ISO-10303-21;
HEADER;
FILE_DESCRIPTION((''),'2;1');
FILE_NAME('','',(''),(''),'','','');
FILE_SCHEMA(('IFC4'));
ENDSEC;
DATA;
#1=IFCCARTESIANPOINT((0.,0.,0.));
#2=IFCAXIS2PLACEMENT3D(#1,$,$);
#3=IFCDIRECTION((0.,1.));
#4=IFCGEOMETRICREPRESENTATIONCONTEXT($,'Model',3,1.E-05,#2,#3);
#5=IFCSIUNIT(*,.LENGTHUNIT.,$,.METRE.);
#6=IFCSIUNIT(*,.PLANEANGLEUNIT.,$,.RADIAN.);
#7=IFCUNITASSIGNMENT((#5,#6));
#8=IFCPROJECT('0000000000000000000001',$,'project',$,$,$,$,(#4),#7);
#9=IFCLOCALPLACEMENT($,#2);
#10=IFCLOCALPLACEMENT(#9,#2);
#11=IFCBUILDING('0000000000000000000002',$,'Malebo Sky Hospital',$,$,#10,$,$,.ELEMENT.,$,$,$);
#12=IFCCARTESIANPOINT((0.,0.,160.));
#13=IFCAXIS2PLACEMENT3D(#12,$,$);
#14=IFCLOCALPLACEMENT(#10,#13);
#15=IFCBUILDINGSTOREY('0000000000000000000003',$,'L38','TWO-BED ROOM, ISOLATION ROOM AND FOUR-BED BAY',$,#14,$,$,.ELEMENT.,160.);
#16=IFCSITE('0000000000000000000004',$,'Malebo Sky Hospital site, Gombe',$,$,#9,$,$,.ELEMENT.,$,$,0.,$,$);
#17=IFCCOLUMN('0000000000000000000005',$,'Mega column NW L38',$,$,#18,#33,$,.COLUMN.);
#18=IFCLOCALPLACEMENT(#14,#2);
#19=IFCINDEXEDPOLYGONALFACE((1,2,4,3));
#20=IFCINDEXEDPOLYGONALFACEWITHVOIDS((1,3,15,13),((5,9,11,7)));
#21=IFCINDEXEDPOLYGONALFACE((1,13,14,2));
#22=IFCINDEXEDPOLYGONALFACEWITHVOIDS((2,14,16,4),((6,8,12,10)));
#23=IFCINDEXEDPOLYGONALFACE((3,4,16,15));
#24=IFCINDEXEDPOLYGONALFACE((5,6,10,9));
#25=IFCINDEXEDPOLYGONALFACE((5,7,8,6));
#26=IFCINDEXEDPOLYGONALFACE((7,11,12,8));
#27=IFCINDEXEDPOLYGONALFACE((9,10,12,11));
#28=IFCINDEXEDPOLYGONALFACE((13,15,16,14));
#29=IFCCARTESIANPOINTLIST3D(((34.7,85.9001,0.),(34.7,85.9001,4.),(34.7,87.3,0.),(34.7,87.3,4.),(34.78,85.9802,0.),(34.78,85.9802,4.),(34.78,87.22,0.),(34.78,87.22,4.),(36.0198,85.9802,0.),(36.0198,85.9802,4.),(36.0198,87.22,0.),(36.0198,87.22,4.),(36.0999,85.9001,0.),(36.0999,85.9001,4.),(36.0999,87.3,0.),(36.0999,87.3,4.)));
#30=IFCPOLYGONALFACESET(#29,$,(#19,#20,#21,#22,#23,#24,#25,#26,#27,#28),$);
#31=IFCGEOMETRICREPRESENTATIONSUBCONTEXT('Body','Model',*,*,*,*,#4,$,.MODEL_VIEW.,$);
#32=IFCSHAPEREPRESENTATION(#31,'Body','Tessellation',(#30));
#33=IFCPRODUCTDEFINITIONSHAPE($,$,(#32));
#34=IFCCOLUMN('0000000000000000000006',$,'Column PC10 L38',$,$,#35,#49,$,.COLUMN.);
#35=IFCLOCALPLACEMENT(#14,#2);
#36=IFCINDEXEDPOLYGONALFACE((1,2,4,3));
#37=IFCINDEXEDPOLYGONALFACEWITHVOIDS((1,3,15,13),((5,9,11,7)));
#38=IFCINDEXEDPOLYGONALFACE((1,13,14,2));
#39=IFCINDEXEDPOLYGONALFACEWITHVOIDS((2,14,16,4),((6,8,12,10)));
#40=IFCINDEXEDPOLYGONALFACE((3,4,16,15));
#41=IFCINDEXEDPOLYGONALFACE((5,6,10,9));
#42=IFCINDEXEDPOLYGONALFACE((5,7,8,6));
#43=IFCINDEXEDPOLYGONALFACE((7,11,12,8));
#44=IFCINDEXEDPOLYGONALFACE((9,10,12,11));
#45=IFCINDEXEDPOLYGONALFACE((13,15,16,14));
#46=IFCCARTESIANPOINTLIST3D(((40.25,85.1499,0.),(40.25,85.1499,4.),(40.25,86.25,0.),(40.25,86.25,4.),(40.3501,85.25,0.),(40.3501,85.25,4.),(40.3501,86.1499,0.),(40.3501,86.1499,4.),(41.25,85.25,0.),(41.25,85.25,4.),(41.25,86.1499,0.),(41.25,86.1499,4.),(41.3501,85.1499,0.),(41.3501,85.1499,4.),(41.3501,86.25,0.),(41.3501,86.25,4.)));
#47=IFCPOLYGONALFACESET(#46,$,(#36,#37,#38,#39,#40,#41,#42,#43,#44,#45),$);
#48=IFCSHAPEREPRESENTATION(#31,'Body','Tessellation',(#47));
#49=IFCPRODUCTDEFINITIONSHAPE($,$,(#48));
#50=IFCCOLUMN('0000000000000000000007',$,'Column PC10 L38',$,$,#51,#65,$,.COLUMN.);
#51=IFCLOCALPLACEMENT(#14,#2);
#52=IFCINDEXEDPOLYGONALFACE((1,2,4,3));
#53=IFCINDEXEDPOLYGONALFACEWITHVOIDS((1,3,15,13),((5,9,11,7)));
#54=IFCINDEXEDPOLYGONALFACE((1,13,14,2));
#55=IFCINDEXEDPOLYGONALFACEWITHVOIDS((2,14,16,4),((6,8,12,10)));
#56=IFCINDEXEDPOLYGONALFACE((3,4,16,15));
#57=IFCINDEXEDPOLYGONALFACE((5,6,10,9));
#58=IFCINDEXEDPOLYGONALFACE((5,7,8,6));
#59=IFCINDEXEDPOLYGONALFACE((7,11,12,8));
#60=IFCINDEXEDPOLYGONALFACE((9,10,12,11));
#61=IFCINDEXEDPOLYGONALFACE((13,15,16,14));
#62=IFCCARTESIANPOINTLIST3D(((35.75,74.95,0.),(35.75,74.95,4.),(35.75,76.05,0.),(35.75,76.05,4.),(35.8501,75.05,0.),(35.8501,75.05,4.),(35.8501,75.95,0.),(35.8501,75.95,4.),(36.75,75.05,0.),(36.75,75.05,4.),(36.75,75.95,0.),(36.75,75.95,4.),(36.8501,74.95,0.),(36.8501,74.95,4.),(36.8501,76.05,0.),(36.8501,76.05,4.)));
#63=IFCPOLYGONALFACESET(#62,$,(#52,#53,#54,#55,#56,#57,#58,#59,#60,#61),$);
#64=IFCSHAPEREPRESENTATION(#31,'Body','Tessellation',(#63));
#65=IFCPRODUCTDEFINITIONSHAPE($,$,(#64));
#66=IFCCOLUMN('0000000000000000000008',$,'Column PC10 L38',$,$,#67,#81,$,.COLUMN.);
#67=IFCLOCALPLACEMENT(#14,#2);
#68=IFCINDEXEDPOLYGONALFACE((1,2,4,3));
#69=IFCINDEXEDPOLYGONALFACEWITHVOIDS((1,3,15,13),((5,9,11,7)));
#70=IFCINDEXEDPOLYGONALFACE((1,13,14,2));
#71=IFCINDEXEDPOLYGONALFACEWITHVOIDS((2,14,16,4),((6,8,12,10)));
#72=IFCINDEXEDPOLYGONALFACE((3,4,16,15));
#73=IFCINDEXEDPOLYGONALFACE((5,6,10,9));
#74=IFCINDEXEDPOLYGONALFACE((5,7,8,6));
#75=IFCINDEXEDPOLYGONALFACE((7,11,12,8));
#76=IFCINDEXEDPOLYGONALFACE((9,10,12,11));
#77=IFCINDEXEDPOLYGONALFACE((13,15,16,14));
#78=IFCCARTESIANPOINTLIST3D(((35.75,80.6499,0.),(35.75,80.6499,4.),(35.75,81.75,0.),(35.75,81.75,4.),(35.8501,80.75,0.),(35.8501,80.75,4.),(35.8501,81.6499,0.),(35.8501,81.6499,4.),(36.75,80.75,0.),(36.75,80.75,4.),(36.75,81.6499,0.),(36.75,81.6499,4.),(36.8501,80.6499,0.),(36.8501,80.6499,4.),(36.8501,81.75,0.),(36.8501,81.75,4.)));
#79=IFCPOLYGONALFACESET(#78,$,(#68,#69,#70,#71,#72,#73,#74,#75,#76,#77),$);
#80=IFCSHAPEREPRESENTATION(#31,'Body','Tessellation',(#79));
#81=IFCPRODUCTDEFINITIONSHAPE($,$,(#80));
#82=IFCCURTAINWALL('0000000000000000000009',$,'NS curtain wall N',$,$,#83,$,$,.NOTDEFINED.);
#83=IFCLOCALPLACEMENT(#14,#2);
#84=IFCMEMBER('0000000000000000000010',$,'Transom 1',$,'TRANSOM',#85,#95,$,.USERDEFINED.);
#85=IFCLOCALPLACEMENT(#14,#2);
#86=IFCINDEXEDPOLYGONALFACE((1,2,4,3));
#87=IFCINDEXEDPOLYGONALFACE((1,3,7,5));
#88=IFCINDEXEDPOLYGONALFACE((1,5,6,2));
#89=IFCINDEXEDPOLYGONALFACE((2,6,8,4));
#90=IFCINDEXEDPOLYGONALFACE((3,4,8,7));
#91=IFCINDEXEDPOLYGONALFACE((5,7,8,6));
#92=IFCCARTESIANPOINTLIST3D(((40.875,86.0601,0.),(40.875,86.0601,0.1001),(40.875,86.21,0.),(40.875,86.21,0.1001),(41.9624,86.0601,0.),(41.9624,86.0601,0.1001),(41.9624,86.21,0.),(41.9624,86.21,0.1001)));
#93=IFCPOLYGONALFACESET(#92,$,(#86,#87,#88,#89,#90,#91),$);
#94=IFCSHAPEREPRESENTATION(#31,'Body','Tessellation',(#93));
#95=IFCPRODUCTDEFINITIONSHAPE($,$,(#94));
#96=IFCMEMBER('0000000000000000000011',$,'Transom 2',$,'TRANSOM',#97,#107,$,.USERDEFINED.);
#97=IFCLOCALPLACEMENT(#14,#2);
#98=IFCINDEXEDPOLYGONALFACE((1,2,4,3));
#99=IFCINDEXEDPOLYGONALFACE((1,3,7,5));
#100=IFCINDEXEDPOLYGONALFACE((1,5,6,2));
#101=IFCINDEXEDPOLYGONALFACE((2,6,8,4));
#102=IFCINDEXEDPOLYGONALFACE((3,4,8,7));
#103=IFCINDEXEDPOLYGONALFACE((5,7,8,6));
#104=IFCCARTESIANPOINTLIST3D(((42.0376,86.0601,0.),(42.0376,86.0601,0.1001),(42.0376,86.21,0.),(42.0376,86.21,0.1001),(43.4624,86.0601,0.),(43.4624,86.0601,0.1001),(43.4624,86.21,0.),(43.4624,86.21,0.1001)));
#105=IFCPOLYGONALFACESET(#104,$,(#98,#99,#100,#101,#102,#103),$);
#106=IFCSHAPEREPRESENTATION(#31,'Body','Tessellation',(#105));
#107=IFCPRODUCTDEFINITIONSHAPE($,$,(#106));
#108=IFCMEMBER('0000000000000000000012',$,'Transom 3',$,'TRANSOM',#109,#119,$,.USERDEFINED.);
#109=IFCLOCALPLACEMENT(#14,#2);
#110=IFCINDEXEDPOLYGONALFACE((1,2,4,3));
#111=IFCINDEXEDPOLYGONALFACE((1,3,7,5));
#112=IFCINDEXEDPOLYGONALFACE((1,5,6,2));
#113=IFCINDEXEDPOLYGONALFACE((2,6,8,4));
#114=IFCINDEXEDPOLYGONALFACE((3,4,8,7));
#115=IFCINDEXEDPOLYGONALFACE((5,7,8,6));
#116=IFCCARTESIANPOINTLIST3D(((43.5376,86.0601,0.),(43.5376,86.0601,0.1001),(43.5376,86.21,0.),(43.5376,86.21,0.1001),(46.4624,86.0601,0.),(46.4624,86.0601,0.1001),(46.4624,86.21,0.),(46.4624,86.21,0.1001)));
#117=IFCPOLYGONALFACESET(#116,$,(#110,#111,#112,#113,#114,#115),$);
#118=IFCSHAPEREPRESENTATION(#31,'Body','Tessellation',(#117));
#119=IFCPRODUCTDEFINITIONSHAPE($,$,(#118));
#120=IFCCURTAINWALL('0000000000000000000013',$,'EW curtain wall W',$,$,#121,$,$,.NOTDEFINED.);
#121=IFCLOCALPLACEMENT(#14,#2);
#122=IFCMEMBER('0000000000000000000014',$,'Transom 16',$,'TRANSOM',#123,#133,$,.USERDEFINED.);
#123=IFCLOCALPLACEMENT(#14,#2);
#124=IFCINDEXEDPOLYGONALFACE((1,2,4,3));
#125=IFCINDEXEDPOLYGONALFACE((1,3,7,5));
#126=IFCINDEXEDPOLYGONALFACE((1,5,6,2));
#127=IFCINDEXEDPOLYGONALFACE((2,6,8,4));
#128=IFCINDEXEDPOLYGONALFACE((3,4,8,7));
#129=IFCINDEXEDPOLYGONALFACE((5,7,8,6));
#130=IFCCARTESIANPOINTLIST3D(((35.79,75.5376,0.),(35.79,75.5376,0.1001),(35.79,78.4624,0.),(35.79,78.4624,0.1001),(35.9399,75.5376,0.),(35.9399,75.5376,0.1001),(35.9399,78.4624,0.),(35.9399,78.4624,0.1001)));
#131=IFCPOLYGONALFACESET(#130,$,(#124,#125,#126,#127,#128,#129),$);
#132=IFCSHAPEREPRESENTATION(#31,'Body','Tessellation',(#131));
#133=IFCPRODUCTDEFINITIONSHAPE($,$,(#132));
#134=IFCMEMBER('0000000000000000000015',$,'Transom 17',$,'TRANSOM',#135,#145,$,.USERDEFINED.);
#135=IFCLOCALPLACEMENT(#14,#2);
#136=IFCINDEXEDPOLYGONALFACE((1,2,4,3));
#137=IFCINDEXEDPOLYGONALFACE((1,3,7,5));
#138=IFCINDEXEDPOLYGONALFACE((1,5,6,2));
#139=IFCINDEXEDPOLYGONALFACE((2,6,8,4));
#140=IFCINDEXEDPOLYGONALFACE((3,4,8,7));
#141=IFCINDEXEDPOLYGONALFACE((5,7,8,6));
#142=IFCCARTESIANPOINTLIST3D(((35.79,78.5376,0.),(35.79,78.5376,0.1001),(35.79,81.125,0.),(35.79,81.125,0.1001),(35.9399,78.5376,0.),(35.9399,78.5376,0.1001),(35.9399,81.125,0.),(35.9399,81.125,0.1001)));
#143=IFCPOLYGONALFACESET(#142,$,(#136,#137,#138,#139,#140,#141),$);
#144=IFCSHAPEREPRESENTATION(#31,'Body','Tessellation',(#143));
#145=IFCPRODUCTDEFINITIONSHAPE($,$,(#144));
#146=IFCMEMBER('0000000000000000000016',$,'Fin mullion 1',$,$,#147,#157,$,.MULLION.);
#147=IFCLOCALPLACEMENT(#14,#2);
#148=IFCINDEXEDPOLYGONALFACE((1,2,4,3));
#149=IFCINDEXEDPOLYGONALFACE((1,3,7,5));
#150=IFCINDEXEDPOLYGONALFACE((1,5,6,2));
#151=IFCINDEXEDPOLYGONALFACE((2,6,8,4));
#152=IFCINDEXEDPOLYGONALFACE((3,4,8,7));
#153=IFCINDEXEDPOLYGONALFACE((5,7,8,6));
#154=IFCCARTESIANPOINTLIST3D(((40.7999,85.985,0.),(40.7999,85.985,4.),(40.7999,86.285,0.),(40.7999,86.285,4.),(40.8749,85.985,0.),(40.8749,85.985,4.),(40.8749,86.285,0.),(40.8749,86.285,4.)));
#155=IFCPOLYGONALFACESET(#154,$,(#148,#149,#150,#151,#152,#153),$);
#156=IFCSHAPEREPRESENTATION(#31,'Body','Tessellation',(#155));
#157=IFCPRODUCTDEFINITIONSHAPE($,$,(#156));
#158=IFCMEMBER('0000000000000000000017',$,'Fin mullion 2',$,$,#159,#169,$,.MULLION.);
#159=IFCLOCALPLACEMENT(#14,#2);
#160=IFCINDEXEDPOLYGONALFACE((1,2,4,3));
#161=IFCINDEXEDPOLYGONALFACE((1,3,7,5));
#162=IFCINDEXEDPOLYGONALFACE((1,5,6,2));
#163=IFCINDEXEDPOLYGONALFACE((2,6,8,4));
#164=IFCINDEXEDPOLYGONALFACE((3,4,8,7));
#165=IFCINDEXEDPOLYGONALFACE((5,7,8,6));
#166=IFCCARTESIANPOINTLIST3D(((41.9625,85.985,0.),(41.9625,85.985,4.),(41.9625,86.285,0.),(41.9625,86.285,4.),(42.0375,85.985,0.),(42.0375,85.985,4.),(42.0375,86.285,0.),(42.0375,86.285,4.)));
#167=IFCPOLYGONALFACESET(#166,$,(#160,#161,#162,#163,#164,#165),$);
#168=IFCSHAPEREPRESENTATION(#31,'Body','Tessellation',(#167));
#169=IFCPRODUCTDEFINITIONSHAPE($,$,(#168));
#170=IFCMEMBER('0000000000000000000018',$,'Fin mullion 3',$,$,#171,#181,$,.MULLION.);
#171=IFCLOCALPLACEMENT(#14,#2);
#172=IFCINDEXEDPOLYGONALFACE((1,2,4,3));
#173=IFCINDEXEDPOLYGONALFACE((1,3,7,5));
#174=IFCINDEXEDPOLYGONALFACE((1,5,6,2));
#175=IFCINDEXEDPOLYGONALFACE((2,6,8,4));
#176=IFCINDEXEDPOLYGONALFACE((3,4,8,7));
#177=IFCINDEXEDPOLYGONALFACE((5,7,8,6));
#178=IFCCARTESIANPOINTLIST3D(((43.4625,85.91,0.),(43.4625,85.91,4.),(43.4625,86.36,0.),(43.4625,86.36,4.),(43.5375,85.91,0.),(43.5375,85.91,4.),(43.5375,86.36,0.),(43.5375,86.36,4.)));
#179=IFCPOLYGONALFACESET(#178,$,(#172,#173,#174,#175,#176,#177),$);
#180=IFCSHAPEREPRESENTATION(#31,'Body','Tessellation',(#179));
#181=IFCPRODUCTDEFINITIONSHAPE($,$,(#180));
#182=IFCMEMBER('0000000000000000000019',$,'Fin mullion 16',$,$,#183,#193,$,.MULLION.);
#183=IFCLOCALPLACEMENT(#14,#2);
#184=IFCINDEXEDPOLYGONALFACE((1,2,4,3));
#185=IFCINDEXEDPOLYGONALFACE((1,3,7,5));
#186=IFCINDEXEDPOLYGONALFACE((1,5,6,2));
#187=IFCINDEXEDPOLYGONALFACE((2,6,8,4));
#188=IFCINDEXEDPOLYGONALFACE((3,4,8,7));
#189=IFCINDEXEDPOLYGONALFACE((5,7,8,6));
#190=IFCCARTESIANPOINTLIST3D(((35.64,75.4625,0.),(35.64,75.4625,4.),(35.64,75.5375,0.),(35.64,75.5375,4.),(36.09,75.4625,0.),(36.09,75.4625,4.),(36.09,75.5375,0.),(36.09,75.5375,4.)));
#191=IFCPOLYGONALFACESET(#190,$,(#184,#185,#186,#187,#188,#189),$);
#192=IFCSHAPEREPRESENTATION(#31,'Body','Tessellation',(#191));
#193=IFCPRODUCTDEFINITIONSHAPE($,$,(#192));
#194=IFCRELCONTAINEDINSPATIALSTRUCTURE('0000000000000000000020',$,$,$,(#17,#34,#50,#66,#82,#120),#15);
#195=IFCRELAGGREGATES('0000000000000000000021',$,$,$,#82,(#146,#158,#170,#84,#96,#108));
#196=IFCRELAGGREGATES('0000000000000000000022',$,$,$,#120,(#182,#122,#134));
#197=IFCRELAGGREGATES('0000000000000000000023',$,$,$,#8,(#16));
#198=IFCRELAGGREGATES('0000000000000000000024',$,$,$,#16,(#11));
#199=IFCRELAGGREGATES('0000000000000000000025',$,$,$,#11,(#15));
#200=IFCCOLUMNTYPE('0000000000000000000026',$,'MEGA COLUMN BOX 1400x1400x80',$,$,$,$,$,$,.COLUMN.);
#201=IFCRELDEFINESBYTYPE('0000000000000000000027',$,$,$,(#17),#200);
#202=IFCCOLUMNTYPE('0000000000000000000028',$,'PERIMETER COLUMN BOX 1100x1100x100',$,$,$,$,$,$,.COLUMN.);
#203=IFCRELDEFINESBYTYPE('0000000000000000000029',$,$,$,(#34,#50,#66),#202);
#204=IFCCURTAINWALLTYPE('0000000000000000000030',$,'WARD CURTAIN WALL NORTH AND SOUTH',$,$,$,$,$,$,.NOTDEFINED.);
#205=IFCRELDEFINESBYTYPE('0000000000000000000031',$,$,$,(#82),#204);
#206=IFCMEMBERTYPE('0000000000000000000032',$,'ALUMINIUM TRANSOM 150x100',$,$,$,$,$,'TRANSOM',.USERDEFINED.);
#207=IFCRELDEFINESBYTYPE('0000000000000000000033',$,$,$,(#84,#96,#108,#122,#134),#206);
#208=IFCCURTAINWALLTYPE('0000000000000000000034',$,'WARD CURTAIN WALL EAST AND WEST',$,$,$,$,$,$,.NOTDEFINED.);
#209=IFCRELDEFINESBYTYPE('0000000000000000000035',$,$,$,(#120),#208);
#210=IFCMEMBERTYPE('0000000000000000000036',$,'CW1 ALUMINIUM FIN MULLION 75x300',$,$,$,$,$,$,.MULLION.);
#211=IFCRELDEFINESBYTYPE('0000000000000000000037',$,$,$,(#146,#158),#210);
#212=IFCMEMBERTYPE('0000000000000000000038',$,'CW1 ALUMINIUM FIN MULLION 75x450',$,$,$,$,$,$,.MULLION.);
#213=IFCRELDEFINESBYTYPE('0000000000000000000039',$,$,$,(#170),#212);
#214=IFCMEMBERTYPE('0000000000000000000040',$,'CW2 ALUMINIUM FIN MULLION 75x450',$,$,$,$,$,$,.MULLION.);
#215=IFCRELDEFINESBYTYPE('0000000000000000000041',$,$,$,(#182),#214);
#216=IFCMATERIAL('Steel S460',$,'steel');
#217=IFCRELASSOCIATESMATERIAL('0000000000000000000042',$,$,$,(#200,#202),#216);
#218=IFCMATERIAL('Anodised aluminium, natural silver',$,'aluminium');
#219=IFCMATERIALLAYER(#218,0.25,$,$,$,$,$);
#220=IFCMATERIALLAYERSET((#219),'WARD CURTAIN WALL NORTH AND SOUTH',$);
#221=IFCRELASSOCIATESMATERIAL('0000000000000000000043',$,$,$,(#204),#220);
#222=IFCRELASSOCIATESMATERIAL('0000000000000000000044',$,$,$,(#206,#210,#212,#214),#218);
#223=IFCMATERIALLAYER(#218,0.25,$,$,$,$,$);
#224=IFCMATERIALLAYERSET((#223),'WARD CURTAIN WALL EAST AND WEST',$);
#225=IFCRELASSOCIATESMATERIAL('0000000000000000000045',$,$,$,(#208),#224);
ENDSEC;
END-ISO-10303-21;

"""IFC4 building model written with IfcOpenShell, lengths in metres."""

from ifc_helpers import new_model, si_unit, direction, frame, origin, origin_2d, place, context, subcontext, project, spatial, rectangle, hollow_rectangle, extrude, material, layer, layer_set, material_profile, profile_set, type_object, element, aggregate, save


model = new_model("IFC4")

# Units and contexts
model_context = context("Model", 3, precision=1e-05, world=origin(), true_north=direction((0.0, 1.0)))
body_context = subcontext(model_context, "Body", "Model", "MODEL_VIEW")
ifc_project = project(units=[si_unit("LENGTHUNIT", "METRE"), si_unit("PLANEANGLEUNIT", "RADIAN")], contexts=[model_context])

# Site, building, storey
site_placement = place(None, origin())
site = spatial("IfcSite", under=ifc_project, at=site_placement, Name="Malebo Sky Hospital site, Gombe", CompositionType="ELEMENT", RefElevation=0.0)
building_placement = place(site_placement, origin())
building = spatial("IfcBuilding", under=site, at=building_placement, Name="Malebo Sky Hospital", CompositionType="ELEMENT")
storey_placement = place(building_placement, frame((0.0, 0.0, 160.0)))
storey = spatial("IfcBuildingStorey", under=building, at=storey_placement, Name="L38", Description="TWO-BED ROOM, ISOLATION ROOM AND FOUR-BED BAY", CompositionType="ELEMENT", Elevation=160.0)

# Columns
ifc_material_1 = material(Name="Steel S460", Category="steel")
ifc_material_profile_1 = material_profile(ifc_material_1, hollow_rectangle(XDim=1.3999, YDim=1.3999, WallThickness=0.0801, at=origin_2d()), Name="BOX 1400x1400x80")
ifc_profile_set_1 = profile_set([ifc_material_profile_1], Name="Steel S460")
column_type_1 = type_object("IfcColumnType", Name="MEGA COLUMN BOX 1400x1400x80", PredefinedType="COLUMN", material=ifc_profile_set_1)
column_placement = place(storey_placement, frame((35.3999, 86.6001, 0.0), z_axis=(0.0, 0.0, 1.0), x_axis=(1.0, 0.0, 0.0)))
element("IfcColumn", 1, at=column_placement, inside=storey, type_object=column_type_1, Name="Mega column NW L38", PredefinedType="COLUMN", context=body_context, shape_type="SweptSolid", body=[
    extrude(hollow_rectangle(XDim=1.3999, YDim=1.3999, WallThickness=0.0801, at=origin_2d()), origin(), (0.0, 0.0, 1.0), 4.0),
])
ifc_material_profile_2 = material_profile(ifc_material_1, hollow_rectangle(XDim=1.1001, YDim=1.1001, WallThickness=0.1001, at=origin_2d()), Name="BOX 1100x1100x100")
ifc_profile_set_2 = profile_set([ifc_material_profile_2], Name="Steel S460")
column_type_2 = type_object("IfcColumnType", Name="PERIMETER COLUMN BOX 1100x1100x100", PredefinedType="COLUMN", material=ifc_profile_set_2)
for number, where, z_axis, x_axis, name in (
    (2, (40.8, 85.7, 0.0), (0.0, 0.0, 1.0), (1.0, 0.0, 0.0), "Column PC10 L38"),
    (3, (36.3, 75.5, 0.0), (0.0, 0.0, 1.0), (1.0, 0.0, 0.0), "Column PC10 L38"),
    (4, (36.3, 81.2, 0.0), (0.0, 0.0, 1.0), (1.0, 0.0, 0.0), "Column PC10 L38"),
):
    element("IfcColumn", number, at=place(storey_placement, frame(where, z_axis=z_axis, x_axis=x_axis)), inside=storey, type_object=column_type_2, Name=name, PredefinedType="COLUMN", context=body_context, shape_type="SweptSolid", body=[
        extrude(hollow_rectangle(XDim=1.1001, YDim=1.1001, WallThickness=0.1001, at=origin_2d()), origin(), (0.0, 0.0, 1.0), 4.0),
    ])

# Curtain walls, members
ifc_material_2 = material(Name="Anodised aluminium, natural silver", Category="aluminium")
ifc_layer_1 = layer(ifc_material_2, 0.25)
ifc_layer_set_1 = layer_set([ifc_layer_1], Name="WARD CURTAIN WALL NORTH AND SOUTH")
curtain_wall_type_1 = type_object("IfcCurtainWallType", Name="WARD CURTAIN WALL NORTH AND SOUTH", PredefinedType="NOTDEFINED", material=ifc_layer_set_1)
curtain_wall_1_placement = place(storey_placement, origin())
curtain_wall_1 = element("IfcCurtainWall", 5, at=curtain_wall_1_placement, inside=storey, type_object=curtain_wall_type_1, Name="NS curtain wall N", PredefinedType="NOTDEFINED")
ifc_material_profile_3 = material_profile(ifc_material_2, rectangle(XDim=0.1499, YDim=0.1001, at=origin_2d()), Name="ALUMINIUM TRANSOM 150x100")
ifc_profile_set_3 = profile_set([ifc_material_profile_3], Name="Anodised aluminium, natural silver")
member_type_1 = type_object("IfcMemberType", Name="ALUMINIUM TRANSOM 150x100", ElementType="TRANSOM", PredefinedType="USERDEFINED", material=ifc_profile_set_3)
member_1_placement = place(storey_placement, frame((40.875, 86.135, 0.05), z_axis=(1.0, 0.0, 0.0), x_axis=(0.0, 1.0, 0.0)))
member_1 = element("IfcMember", 6, at=member_1_placement, type_object=member_type_1, Name="Transom 1", ObjectType="TRANSOM", PredefinedType="USERDEFINED", context=body_context, shape_type="SweptSolid", body=[
    extrude(rectangle(XDim=0.1499, YDim=0.1001, at=origin_2d()), origin(), (0.0, 0.0, 1.0), 1.0874),
])
member_2_placement = place(storey_placement, frame((42.0376, 86.135, 0.05), z_axis=(1.0, 0.0, 0.0), x_axis=(0.0, 1.0, 0.0)))
member_2 = element("IfcMember", 7, at=member_2_placement, type_object=member_type_1, Name="Transom 2", ObjectType="TRANSOM", PredefinedType="USERDEFINED", context=body_context, shape_type="SweptSolid", body=[
    extrude(rectangle(XDim=0.1499, YDim=0.1001, at=origin_2d()), origin(), (0.0, 0.0, 1.0), 1.4248),
])
member_3_placement = place(storey_placement, frame((43.5376, 86.135, 0.05), z_axis=(1.0, 0.0, 0.0), x_axis=(0.0, 1.0, 0.0)))
member_3 = element("IfcMember", 8, at=member_3_placement, type_object=member_type_1, Name="Transom 3", ObjectType="TRANSOM", PredefinedType="USERDEFINED", context=body_context, shape_type="SweptSolid", body=[
    extrude(rectangle(XDim=0.1499, YDim=0.1001, at=origin_2d()), origin(), (0.0, 0.0, 1.0), 2.9248),
])
ifc_layer_2 = layer(ifc_material_2, 0.25)
ifc_layer_set_2 = layer_set([ifc_layer_2], Name="WARD CURTAIN WALL EAST AND WEST")
curtain_wall_type_2 = type_object("IfcCurtainWallType", Name="WARD CURTAIN WALL EAST AND WEST", PredefinedType="NOTDEFINED", material=ifc_layer_set_2)
curtain_wall_2_placement = place(storey_placement, origin())
curtain_wall_2 = element("IfcCurtainWall", 9, at=curtain_wall_2_placement, inside=storey, type_object=curtain_wall_type_2, Name="EW curtain wall W", PredefinedType="NOTDEFINED")
member_4_placement = place(storey_placement, frame((35.865, 75.5376, 0.05), z_axis=(0.0, 1.0, 0.0), x_axis=(-1.0, 0.0, 0.0)))
member_4 = element("IfcMember", 10, at=member_4_placement, type_object=member_type_1, Name="Transom 16", ObjectType="TRANSOM", PredefinedType="USERDEFINED", context=body_context, shape_type="SweptSolid", body=[
    extrude(rectangle(XDim=0.1499, YDim=0.1001, at=origin_2d()), origin(), (0.0, 0.0, 1.0), 2.9248),
])
member_5_placement = place(storey_placement, frame((35.865, 78.5376, 0.05), z_axis=(0.0, 1.0, 0.0), x_axis=(-1.0, 0.0, 0.0)))
member_5 = element("IfcMember", 11, at=member_5_placement, type_object=member_type_1, Name="Transom 17", ObjectType="TRANSOM", PredefinedType="USERDEFINED", context=body_context, shape_type="SweptSolid", body=[
    extrude(rectangle(XDim=0.1499, YDim=0.1001, at=origin_2d()), origin(), (0.0, 0.0, 1.0), 2.5874),
])

# Members
ifc_material_profile_4 = material_profile(ifc_material_2, rectangle(XDim=0.075, YDim=0.3, at=origin_2d()), Name="CW1 ALUMINIUM FIN MULLION 75x300")
ifc_profile_set_4 = profile_set([ifc_material_profile_4], Name="Anodised aluminium, natural silver")
member_type_2 = type_object("IfcMemberType", Name="CW1 ALUMINIUM FIN MULLION 75x300", PredefinedType="MULLION", material=ifc_profile_set_4)
member_6_placement = place(storey_placement, frame((40.8374, 86.135, 0.0), z_axis=(0.0, 0.0, 1.0), x_axis=(1.0, 0.0, 0.0)))
member_6 = element("IfcMember", 12, at=member_6_placement, type_object=member_type_2, Name="Fin mullion 1", PredefinedType="MULLION", context=body_context, shape_type="SweptSolid", body=[
    extrude(rectangle(XDim=0.075, YDim=0.3, at=origin_2d()), origin(), (0.0, 0.0, 1.0), 4.0),
])
member_7_placement = place(storey_placement, frame((42.0, 86.135, 0.0), z_axis=(0.0, 0.0, 1.0), x_axis=(1.0, 0.0, 0.0)))
member_7 = element("IfcMember", 13, at=member_7_placement, type_object=member_type_2, Name="Fin mullion 2", PredefinedType="MULLION", context=body_context, shape_type="SweptSolid", body=[
    extrude(rectangle(XDim=0.075, YDim=0.3, at=origin_2d()), origin(), (0.0, 0.0, 1.0), 4.0),
])
ifc_material_profile_5 = material_profile(ifc_material_2, rectangle(XDim=0.075, YDim=0.45, at=origin_2d()), Name="CW1 ALUMINIUM FIN MULLION 75x450")
ifc_profile_set_5 = profile_set([ifc_material_profile_5], Name="Anodised aluminium, natural silver")
member_type_3 = type_object("IfcMemberType", Name="CW1 ALUMINIUM FIN MULLION 75x450", PredefinedType="MULLION", material=ifc_profile_set_5)
member_8_placement = place(storey_placement, frame((43.5, 86.135, 0.0), z_axis=(0.0, 0.0, 1.0), x_axis=(1.0, 0.0, 0.0)))
member_8 = element("IfcMember", 14, at=member_8_placement, type_object=member_type_3, Name="Fin mullion 3", PredefinedType="MULLION", context=body_context, shape_type="SweptSolid", body=[
    extrude(rectangle(XDim=0.075, YDim=0.45, at=origin_2d()), origin(), (0.0, 0.0, 1.0), 4.0),
])
ifc_material_profile_6 = material_profile(ifc_material_2, rectangle(XDim=0.075, YDim=0.45, at=origin_2d()), Name="CW2 ALUMINIUM FIN MULLION 75x450")
ifc_profile_set_6 = profile_set([ifc_material_profile_6], Name="Anodised aluminium, natural silver")
member_type_4 = type_object("IfcMemberType", Name="CW2 ALUMINIUM FIN MULLION 75x450", PredefinedType="MULLION", material=ifc_profile_set_6)
member_9_placement = place(storey_placement, frame((35.865, 75.5, 0.0), z_axis=(0.0, 0.0, 1.0), x_axis=(0.0, 1.0, 0.0)))
member_9 = element("IfcMember", 15, at=member_9_placement, type_object=member_type_4, Name="Fin mullion 16", PredefinedType="MULLION", context=body_context, shape_type="SweptSolid", body=[
    extrude(rectangle(XDim=0.075, YDim=0.45, at=origin_2d()), origin(), (0.0, 0.0, 1.0), 4.0),
])

aggregate(curtain_wall_1, [member_6, member_7, member_8, member_1, member_2, member_3])
aggregate(curtain_wall_2, [member_9, member_4, member_5])

save(model, "model.ifc")
